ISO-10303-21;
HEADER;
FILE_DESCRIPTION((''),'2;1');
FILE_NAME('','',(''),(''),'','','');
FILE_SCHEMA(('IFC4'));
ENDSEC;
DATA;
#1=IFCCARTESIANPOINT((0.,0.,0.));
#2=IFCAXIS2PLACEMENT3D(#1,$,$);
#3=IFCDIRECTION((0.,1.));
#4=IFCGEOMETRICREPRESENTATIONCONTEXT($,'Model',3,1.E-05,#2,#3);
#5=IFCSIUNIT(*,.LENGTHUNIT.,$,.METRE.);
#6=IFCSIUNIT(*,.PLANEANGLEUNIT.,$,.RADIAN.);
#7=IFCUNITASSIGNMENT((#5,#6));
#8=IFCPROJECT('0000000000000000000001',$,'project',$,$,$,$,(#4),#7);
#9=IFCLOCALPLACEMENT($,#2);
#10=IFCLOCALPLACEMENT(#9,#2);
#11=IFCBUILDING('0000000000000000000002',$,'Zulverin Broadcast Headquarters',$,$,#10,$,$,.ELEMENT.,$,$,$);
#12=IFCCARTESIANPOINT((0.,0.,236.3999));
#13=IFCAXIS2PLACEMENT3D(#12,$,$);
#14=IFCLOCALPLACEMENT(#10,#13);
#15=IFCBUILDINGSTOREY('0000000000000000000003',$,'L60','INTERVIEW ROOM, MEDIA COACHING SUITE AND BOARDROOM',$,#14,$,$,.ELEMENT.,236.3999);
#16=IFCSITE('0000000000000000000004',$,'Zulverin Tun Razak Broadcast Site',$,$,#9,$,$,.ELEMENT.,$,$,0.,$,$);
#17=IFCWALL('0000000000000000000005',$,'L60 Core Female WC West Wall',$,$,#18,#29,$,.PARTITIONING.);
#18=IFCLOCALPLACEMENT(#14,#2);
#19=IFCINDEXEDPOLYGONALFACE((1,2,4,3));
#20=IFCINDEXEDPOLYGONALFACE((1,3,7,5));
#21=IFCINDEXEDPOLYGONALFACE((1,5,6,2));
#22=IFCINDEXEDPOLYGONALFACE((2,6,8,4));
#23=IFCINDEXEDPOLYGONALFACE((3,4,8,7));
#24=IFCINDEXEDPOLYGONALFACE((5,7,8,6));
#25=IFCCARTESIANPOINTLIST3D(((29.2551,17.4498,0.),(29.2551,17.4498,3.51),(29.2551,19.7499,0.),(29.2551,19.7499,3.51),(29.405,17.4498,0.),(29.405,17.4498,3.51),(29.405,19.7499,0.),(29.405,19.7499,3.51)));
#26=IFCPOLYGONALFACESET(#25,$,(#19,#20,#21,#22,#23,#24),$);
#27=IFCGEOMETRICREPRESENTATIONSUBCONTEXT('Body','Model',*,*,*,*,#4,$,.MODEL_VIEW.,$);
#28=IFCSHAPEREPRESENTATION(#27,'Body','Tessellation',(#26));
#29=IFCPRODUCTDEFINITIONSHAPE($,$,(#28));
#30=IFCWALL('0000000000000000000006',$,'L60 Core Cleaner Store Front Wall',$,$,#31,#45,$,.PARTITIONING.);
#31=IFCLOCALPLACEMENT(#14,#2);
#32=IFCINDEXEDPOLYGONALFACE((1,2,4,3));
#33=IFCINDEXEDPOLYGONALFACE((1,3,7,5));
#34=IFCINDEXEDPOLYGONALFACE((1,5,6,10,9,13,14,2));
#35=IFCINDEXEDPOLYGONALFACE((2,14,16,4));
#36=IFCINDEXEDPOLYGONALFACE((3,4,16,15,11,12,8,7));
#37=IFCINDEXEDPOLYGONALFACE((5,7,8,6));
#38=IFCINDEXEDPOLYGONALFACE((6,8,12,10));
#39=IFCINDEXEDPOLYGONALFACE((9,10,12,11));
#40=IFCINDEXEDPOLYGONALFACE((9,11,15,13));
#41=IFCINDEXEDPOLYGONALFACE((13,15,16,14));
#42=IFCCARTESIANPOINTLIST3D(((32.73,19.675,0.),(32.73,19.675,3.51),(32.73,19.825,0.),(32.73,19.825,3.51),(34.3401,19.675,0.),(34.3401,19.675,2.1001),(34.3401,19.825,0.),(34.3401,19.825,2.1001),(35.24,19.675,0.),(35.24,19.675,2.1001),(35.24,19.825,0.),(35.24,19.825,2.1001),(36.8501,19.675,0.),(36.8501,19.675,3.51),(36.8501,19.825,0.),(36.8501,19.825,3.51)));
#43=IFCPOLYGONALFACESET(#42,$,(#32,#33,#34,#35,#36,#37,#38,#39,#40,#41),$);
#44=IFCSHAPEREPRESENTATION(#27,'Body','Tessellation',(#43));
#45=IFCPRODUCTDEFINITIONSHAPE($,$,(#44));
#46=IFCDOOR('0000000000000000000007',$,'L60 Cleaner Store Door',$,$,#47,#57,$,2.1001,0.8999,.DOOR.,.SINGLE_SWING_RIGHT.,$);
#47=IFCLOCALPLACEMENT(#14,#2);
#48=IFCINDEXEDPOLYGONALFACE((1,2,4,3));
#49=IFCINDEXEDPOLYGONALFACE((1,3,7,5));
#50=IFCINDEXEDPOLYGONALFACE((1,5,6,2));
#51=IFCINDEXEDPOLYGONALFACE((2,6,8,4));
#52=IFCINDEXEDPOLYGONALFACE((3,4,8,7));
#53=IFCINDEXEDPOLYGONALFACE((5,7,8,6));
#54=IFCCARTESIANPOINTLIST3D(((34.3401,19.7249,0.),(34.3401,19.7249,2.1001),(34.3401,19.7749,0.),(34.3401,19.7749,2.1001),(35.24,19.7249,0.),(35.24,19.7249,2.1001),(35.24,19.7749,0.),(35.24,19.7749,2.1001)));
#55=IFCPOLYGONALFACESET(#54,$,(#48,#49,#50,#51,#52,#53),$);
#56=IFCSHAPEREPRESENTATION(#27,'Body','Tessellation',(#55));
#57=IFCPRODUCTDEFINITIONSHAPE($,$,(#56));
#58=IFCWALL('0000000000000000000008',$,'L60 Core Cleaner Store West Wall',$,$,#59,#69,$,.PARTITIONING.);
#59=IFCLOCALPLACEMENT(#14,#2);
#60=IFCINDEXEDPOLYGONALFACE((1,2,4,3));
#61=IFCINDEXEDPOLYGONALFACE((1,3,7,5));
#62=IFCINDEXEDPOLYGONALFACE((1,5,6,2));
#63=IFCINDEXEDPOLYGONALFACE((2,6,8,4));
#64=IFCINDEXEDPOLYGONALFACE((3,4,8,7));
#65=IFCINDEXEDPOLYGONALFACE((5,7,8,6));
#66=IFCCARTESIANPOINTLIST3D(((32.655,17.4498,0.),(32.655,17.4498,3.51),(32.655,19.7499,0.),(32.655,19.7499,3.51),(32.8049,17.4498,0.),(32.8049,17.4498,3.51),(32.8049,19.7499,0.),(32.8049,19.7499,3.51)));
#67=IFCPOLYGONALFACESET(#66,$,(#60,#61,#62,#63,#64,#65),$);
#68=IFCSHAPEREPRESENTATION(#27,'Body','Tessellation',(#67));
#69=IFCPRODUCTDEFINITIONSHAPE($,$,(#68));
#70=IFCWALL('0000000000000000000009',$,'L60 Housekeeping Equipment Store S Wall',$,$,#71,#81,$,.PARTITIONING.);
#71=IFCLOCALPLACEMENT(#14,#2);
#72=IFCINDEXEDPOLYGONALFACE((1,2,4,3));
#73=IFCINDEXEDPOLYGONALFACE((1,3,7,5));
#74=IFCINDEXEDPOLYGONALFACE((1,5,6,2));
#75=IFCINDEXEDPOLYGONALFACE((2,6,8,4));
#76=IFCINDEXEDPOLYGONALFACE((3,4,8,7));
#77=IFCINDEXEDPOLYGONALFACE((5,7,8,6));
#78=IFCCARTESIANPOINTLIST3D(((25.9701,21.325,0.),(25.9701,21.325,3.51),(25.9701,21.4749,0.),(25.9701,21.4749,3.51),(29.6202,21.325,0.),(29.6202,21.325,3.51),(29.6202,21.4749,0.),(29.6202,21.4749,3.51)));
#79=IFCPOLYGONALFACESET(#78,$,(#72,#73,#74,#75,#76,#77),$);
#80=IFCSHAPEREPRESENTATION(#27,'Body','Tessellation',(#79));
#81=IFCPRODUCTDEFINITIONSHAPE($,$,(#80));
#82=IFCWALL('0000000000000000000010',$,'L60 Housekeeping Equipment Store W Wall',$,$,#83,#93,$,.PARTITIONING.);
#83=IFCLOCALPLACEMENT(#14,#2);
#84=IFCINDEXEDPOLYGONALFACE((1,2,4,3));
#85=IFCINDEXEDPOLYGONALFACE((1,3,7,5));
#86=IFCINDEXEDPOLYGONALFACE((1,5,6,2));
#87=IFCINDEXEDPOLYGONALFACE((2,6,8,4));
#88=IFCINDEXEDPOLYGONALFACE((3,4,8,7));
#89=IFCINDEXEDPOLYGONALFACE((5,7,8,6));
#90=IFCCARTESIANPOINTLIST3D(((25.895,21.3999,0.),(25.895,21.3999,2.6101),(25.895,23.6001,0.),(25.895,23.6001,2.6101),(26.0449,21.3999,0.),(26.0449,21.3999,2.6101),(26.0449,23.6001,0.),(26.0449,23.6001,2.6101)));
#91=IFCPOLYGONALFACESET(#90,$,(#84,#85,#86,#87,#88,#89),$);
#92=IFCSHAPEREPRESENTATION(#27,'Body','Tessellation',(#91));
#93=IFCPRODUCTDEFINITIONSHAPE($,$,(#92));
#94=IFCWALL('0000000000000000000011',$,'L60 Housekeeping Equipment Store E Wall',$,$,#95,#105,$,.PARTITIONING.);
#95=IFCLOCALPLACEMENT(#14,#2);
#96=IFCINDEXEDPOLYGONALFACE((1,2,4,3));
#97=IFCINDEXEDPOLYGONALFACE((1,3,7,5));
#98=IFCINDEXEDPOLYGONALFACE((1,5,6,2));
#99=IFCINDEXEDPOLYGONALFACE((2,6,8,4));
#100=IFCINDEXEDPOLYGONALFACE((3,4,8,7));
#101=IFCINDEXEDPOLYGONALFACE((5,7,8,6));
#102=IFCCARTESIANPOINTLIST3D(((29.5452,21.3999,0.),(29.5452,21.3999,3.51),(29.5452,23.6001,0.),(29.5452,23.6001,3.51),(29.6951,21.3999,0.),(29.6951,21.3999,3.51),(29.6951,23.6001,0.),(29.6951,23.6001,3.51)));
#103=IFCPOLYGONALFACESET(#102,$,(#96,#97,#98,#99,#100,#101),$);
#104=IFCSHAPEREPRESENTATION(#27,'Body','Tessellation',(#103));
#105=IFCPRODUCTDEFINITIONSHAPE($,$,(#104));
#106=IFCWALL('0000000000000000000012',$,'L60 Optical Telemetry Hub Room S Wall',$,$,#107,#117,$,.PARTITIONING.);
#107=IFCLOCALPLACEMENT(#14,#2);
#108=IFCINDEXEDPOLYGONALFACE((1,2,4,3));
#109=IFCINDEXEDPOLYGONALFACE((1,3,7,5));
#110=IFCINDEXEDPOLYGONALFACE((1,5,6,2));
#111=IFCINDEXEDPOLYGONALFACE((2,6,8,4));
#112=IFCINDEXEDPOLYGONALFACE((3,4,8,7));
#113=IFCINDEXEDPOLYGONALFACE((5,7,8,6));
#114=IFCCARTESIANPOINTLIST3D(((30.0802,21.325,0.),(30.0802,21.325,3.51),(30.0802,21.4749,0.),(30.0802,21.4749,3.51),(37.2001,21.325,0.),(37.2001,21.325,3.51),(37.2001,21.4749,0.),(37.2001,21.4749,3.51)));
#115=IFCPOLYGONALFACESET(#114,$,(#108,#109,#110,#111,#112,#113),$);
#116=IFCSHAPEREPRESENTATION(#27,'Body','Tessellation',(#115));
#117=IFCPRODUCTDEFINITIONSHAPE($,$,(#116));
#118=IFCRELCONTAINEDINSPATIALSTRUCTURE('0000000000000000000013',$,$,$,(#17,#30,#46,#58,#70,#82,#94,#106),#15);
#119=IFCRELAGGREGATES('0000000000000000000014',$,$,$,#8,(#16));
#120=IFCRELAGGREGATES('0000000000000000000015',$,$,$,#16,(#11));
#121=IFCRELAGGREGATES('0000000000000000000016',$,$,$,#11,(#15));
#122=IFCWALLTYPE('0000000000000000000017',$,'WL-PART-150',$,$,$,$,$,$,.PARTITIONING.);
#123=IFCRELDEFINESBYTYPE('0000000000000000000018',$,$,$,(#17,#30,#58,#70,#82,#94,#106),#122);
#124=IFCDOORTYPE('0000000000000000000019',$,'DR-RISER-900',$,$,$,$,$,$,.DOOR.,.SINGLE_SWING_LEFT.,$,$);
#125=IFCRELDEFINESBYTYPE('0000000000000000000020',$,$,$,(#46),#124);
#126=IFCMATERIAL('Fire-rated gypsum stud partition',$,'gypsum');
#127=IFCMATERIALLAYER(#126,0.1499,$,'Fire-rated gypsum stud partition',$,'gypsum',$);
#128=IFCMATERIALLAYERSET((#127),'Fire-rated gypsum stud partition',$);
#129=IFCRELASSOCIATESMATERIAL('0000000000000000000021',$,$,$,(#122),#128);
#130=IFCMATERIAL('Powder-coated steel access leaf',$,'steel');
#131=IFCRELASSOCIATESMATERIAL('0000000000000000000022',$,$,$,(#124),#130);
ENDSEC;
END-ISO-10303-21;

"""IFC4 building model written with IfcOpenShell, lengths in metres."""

from ifc_helpers import new_model, si_unit, direction, frame, frame_2d, origin, place, context, subcontext, project, spatial, rectangle, extrude, material, layer, layer_set, type_object, element, fill, save


model = new_model("IFC4")

# Units and contexts
model_context = context("Model", 3, precision=1e-05, world=origin(), true_north=direction((0.0, 1.0)))
body_context = subcontext(model_context, "Body", "Model", "MODEL_VIEW")
ifc_project = project(units=[si_unit("LENGTHUNIT", "METRE"), si_unit("PLANEANGLEUNIT", "RADIAN")], contexts=[model_context])

# Site, building, storey
site_placement = place(None, origin())
site = spatial("IfcSite", under=ifc_project, at=site_placement, Name="Zulverin Tun Razak Broadcast Site", CompositionType="ELEMENT", RefElevation=0.0)
building_placement = place(site_placement, origin())
building = spatial("IfcBuilding", under=site, at=building_placement, Name="Zulverin Broadcast Headquarters", CompositionType="ELEMENT")
storey_placement = place(building_placement, frame((0.0, 0.0, 236.3999)))
storey = spatial("IfcBuildingStorey", under=building, at=storey_placement, Name="L60", Description="INTERVIEW ROOM, MEDIA COACHING SUITE AND BOARDROOM", CompositionType="ELEMENT", Elevation=236.3999)

# Shared definitions
ifc_material_1 = material(Name="Fire-rated gypsum stud partition", Category="gypsum")
ifc_layer = layer(ifc_material_1, 0.1499, Name="Fire-rated gypsum stud partition", Category="gypsum")
ifc_layer_set = layer_set([ifc_layer], Name="Fire-rated gypsum stud partition")
wall_type = type_object("IfcWallType", Name="WL-PART-150", PredefinedType="PARTITIONING", material=ifc_layer_set)

# Wall
wall_1_placement = place(storey_placement, frame((29.3301, 17.45, 0.0), z_axis=(0.0, 0.0, 1.0), x_axis=(0.0, 1.0, 0.0)))
element("IfcWall", 1, at=wall_1_placement, inside=storey, type_object=wall_type, Name="L60 Core Female WC West Wall", PredefinedType="PARTITIONING", context=body_context, shape_type="SweptSolid", body=[
    extrude(rectangle(XDim=2.3, YDim=0.1499, at=frame_2d((1.1499, 0.0))), origin(), (0.0, 0.0, 1.0), 3.51),
])

# Wall, opening, door
wall_2_placement = place(storey_placement, frame((32.73, 19.75, 0.0), z_axis=(0.0, 0.0, 1.0), x_axis=(1.0, 0.0, 0.0)))
wall_2 = element("IfcWall", 2, at=wall_2_placement, inside=storey, type_object=wall_type, Name="L60 Core Cleaner Store Front Wall", PredefinedType="PARTITIONING", context=body_context, shape_type="SweptSolid", body=[
    extrude(rectangle(XDim=4.1201, YDim=0.1499, at=frame_2d((2.0601, 0.0))), origin(), (0.0, 0.0, 1.0), 3.51),
])
opening_1_placement = place(wall_2_placement, frame((1.6101, 0.0, 0.0)))
opening_1 = element("IfcOpeningElement", 3, at=opening_1_placement, cuts=wall_2, PredefinedType="OPENING", context=body_context, shape_type="SweptSolid", body=[
    extrude(rectangle(XDim=0.8999, YDim=2.1001, at=frame_2d((0.45, 1.05))), frame((0.0, 0.085, 0.0), z_axis=(0.0, -1.0, 0.0), x_axis=(1.0, 0.0, 0.0)), (0.0, 0.0, 1.0), 0.1699),
])
ifc_material_2 = material(Name="Powder-coated steel access leaf", Category="steel")
door_type_1 = type_object("IfcDoorType", Name="DR-RISER-900", OperationType="SINGLE_SWING_LEFT", PredefinedType="DOOR", material=ifc_material_2)
door_1_placement = place(opening_1_placement, origin())
door_1 = element("IfcDoor", 4, at=door_1_placement, inside=storey, type_object=door_type_1, Name="L60 Cleaner Store Door", OperationType="SINGLE_SWING_RIGHT", OverallHeight=2.1001, OverallWidth=0.8999, PredefinedType="DOOR", context=body_context, shape_type="SweptSolid", body=[
    extrude(rectangle(XDim=0.8999, YDim=2.1001, at=frame_2d((0.45, 1.05))), frame((0.0, 0.0249, 0.0), z_axis=(0.0, -1.0, 0.0), x_axis=(1.0, 0.0, 0.0)), (0.0, 0.0, 1.0), 0.05),
])
fill(opening_1, door_1)

# Walls
wall_3_placement = place(storey_placement, frame((32.73, 17.45, 0.0), z_axis=(0.0, 0.0, 1.0), x_axis=(0.0, 1.0, 0.0)))
element("IfcWall", 5, at=wall_3_placement, inside=storey, type_object=wall_type, Name="L60 Core Cleaner Store West Wall", PredefinedType="PARTITIONING", context=body_context, shape_type="SweptSolid", body=[
    extrude(rectangle(XDim=2.3, YDim=0.1499, at=frame_2d((1.1499, 0.0))), origin(), (0.0, 0.0, 1.0), 3.51),
])
wall_4_placement = place(storey_placement, frame((25.97, 21.3999, 0.0), z_axis=(0.0, 0.0, 1.0), x_axis=(1.0, 0.0, 0.0)))
element("IfcWall", 6, at=wall_4_placement, inside=storey, type_object=wall_type, Name="L60 Housekeeping Equipment Store S Wall", PredefinedType="PARTITIONING", context=body_context, shape_type="SweptSolid", body=[
    extrude(rectangle(XDim=3.6501, YDim=0.1499, at=frame_2d((1.8252, 0.0))), origin(), (0.0, 0.0, 1.0), 3.51),
])
wall_5_placement = place(storey_placement, frame((25.97, 21.3999, 0.0), z_axis=(0.0, 0.0, 1.0), x_axis=(0.0, 1.0, 0.0)))
element("IfcWall", 7, at=wall_5_placement, inside=storey, type_object=wall_type, Name="L60 Housekeeping Equipment Store W Wall", PredefinedType="PARTITIONING", context=body_context, shape_type="SweptSolid", body=[
    extrude(rectangle(XDim=2.2002, YDim=0.1499, at=frame_2d((1.1001, 0.0))), origin(), (0.0, 0.0, 1.0), 2.6101),
])
wall_6_placement = place(storey_placement, frame((29.6201, 21.3999, 0.0), z_axis=(0.0, 0.0, 1.0), x_axis=(0.0, 1.0, 0.0)))
element("IfcWall", 8, at=wall_6_placement, inside=storey, type_object=wall_type, Name="L60 Housekeeping Equipment Store E Wall", PredefinedType="PARTITIONING", context=body_context, shape_type="SweptSolid", body=[
    extrude(rectangle(XDim=2.2002, YDim=0.1499, at=frame_2d((1.1001, 0.0))), origin(), (0.0, 0.0, 1.0), 3.51),
])
wall_7_placement = place(storey_placement, frame((30.0801, 21.3999, 0.0), z_axis=(0.0, 0.0, 1.0), x_axis=(1.0, 0.0, 0.0)))
element("IfcWall", 9, at=wall_7_placement, inside=storey, type_object=wall_type, Name="L60 Optical Telemetry Hub Room S Wall", PredefinedType="PARTITIONING", context=body_context, shape_type="SweptSolid", body=[
    extrude(rectangle(XDim=7.1199, YDim=0.1499, at=frame_2d((3.5601, 0.0))), origin(), (0.0, 0.0, 1.0), 3.51),
])

save(model, "model.ifc")
